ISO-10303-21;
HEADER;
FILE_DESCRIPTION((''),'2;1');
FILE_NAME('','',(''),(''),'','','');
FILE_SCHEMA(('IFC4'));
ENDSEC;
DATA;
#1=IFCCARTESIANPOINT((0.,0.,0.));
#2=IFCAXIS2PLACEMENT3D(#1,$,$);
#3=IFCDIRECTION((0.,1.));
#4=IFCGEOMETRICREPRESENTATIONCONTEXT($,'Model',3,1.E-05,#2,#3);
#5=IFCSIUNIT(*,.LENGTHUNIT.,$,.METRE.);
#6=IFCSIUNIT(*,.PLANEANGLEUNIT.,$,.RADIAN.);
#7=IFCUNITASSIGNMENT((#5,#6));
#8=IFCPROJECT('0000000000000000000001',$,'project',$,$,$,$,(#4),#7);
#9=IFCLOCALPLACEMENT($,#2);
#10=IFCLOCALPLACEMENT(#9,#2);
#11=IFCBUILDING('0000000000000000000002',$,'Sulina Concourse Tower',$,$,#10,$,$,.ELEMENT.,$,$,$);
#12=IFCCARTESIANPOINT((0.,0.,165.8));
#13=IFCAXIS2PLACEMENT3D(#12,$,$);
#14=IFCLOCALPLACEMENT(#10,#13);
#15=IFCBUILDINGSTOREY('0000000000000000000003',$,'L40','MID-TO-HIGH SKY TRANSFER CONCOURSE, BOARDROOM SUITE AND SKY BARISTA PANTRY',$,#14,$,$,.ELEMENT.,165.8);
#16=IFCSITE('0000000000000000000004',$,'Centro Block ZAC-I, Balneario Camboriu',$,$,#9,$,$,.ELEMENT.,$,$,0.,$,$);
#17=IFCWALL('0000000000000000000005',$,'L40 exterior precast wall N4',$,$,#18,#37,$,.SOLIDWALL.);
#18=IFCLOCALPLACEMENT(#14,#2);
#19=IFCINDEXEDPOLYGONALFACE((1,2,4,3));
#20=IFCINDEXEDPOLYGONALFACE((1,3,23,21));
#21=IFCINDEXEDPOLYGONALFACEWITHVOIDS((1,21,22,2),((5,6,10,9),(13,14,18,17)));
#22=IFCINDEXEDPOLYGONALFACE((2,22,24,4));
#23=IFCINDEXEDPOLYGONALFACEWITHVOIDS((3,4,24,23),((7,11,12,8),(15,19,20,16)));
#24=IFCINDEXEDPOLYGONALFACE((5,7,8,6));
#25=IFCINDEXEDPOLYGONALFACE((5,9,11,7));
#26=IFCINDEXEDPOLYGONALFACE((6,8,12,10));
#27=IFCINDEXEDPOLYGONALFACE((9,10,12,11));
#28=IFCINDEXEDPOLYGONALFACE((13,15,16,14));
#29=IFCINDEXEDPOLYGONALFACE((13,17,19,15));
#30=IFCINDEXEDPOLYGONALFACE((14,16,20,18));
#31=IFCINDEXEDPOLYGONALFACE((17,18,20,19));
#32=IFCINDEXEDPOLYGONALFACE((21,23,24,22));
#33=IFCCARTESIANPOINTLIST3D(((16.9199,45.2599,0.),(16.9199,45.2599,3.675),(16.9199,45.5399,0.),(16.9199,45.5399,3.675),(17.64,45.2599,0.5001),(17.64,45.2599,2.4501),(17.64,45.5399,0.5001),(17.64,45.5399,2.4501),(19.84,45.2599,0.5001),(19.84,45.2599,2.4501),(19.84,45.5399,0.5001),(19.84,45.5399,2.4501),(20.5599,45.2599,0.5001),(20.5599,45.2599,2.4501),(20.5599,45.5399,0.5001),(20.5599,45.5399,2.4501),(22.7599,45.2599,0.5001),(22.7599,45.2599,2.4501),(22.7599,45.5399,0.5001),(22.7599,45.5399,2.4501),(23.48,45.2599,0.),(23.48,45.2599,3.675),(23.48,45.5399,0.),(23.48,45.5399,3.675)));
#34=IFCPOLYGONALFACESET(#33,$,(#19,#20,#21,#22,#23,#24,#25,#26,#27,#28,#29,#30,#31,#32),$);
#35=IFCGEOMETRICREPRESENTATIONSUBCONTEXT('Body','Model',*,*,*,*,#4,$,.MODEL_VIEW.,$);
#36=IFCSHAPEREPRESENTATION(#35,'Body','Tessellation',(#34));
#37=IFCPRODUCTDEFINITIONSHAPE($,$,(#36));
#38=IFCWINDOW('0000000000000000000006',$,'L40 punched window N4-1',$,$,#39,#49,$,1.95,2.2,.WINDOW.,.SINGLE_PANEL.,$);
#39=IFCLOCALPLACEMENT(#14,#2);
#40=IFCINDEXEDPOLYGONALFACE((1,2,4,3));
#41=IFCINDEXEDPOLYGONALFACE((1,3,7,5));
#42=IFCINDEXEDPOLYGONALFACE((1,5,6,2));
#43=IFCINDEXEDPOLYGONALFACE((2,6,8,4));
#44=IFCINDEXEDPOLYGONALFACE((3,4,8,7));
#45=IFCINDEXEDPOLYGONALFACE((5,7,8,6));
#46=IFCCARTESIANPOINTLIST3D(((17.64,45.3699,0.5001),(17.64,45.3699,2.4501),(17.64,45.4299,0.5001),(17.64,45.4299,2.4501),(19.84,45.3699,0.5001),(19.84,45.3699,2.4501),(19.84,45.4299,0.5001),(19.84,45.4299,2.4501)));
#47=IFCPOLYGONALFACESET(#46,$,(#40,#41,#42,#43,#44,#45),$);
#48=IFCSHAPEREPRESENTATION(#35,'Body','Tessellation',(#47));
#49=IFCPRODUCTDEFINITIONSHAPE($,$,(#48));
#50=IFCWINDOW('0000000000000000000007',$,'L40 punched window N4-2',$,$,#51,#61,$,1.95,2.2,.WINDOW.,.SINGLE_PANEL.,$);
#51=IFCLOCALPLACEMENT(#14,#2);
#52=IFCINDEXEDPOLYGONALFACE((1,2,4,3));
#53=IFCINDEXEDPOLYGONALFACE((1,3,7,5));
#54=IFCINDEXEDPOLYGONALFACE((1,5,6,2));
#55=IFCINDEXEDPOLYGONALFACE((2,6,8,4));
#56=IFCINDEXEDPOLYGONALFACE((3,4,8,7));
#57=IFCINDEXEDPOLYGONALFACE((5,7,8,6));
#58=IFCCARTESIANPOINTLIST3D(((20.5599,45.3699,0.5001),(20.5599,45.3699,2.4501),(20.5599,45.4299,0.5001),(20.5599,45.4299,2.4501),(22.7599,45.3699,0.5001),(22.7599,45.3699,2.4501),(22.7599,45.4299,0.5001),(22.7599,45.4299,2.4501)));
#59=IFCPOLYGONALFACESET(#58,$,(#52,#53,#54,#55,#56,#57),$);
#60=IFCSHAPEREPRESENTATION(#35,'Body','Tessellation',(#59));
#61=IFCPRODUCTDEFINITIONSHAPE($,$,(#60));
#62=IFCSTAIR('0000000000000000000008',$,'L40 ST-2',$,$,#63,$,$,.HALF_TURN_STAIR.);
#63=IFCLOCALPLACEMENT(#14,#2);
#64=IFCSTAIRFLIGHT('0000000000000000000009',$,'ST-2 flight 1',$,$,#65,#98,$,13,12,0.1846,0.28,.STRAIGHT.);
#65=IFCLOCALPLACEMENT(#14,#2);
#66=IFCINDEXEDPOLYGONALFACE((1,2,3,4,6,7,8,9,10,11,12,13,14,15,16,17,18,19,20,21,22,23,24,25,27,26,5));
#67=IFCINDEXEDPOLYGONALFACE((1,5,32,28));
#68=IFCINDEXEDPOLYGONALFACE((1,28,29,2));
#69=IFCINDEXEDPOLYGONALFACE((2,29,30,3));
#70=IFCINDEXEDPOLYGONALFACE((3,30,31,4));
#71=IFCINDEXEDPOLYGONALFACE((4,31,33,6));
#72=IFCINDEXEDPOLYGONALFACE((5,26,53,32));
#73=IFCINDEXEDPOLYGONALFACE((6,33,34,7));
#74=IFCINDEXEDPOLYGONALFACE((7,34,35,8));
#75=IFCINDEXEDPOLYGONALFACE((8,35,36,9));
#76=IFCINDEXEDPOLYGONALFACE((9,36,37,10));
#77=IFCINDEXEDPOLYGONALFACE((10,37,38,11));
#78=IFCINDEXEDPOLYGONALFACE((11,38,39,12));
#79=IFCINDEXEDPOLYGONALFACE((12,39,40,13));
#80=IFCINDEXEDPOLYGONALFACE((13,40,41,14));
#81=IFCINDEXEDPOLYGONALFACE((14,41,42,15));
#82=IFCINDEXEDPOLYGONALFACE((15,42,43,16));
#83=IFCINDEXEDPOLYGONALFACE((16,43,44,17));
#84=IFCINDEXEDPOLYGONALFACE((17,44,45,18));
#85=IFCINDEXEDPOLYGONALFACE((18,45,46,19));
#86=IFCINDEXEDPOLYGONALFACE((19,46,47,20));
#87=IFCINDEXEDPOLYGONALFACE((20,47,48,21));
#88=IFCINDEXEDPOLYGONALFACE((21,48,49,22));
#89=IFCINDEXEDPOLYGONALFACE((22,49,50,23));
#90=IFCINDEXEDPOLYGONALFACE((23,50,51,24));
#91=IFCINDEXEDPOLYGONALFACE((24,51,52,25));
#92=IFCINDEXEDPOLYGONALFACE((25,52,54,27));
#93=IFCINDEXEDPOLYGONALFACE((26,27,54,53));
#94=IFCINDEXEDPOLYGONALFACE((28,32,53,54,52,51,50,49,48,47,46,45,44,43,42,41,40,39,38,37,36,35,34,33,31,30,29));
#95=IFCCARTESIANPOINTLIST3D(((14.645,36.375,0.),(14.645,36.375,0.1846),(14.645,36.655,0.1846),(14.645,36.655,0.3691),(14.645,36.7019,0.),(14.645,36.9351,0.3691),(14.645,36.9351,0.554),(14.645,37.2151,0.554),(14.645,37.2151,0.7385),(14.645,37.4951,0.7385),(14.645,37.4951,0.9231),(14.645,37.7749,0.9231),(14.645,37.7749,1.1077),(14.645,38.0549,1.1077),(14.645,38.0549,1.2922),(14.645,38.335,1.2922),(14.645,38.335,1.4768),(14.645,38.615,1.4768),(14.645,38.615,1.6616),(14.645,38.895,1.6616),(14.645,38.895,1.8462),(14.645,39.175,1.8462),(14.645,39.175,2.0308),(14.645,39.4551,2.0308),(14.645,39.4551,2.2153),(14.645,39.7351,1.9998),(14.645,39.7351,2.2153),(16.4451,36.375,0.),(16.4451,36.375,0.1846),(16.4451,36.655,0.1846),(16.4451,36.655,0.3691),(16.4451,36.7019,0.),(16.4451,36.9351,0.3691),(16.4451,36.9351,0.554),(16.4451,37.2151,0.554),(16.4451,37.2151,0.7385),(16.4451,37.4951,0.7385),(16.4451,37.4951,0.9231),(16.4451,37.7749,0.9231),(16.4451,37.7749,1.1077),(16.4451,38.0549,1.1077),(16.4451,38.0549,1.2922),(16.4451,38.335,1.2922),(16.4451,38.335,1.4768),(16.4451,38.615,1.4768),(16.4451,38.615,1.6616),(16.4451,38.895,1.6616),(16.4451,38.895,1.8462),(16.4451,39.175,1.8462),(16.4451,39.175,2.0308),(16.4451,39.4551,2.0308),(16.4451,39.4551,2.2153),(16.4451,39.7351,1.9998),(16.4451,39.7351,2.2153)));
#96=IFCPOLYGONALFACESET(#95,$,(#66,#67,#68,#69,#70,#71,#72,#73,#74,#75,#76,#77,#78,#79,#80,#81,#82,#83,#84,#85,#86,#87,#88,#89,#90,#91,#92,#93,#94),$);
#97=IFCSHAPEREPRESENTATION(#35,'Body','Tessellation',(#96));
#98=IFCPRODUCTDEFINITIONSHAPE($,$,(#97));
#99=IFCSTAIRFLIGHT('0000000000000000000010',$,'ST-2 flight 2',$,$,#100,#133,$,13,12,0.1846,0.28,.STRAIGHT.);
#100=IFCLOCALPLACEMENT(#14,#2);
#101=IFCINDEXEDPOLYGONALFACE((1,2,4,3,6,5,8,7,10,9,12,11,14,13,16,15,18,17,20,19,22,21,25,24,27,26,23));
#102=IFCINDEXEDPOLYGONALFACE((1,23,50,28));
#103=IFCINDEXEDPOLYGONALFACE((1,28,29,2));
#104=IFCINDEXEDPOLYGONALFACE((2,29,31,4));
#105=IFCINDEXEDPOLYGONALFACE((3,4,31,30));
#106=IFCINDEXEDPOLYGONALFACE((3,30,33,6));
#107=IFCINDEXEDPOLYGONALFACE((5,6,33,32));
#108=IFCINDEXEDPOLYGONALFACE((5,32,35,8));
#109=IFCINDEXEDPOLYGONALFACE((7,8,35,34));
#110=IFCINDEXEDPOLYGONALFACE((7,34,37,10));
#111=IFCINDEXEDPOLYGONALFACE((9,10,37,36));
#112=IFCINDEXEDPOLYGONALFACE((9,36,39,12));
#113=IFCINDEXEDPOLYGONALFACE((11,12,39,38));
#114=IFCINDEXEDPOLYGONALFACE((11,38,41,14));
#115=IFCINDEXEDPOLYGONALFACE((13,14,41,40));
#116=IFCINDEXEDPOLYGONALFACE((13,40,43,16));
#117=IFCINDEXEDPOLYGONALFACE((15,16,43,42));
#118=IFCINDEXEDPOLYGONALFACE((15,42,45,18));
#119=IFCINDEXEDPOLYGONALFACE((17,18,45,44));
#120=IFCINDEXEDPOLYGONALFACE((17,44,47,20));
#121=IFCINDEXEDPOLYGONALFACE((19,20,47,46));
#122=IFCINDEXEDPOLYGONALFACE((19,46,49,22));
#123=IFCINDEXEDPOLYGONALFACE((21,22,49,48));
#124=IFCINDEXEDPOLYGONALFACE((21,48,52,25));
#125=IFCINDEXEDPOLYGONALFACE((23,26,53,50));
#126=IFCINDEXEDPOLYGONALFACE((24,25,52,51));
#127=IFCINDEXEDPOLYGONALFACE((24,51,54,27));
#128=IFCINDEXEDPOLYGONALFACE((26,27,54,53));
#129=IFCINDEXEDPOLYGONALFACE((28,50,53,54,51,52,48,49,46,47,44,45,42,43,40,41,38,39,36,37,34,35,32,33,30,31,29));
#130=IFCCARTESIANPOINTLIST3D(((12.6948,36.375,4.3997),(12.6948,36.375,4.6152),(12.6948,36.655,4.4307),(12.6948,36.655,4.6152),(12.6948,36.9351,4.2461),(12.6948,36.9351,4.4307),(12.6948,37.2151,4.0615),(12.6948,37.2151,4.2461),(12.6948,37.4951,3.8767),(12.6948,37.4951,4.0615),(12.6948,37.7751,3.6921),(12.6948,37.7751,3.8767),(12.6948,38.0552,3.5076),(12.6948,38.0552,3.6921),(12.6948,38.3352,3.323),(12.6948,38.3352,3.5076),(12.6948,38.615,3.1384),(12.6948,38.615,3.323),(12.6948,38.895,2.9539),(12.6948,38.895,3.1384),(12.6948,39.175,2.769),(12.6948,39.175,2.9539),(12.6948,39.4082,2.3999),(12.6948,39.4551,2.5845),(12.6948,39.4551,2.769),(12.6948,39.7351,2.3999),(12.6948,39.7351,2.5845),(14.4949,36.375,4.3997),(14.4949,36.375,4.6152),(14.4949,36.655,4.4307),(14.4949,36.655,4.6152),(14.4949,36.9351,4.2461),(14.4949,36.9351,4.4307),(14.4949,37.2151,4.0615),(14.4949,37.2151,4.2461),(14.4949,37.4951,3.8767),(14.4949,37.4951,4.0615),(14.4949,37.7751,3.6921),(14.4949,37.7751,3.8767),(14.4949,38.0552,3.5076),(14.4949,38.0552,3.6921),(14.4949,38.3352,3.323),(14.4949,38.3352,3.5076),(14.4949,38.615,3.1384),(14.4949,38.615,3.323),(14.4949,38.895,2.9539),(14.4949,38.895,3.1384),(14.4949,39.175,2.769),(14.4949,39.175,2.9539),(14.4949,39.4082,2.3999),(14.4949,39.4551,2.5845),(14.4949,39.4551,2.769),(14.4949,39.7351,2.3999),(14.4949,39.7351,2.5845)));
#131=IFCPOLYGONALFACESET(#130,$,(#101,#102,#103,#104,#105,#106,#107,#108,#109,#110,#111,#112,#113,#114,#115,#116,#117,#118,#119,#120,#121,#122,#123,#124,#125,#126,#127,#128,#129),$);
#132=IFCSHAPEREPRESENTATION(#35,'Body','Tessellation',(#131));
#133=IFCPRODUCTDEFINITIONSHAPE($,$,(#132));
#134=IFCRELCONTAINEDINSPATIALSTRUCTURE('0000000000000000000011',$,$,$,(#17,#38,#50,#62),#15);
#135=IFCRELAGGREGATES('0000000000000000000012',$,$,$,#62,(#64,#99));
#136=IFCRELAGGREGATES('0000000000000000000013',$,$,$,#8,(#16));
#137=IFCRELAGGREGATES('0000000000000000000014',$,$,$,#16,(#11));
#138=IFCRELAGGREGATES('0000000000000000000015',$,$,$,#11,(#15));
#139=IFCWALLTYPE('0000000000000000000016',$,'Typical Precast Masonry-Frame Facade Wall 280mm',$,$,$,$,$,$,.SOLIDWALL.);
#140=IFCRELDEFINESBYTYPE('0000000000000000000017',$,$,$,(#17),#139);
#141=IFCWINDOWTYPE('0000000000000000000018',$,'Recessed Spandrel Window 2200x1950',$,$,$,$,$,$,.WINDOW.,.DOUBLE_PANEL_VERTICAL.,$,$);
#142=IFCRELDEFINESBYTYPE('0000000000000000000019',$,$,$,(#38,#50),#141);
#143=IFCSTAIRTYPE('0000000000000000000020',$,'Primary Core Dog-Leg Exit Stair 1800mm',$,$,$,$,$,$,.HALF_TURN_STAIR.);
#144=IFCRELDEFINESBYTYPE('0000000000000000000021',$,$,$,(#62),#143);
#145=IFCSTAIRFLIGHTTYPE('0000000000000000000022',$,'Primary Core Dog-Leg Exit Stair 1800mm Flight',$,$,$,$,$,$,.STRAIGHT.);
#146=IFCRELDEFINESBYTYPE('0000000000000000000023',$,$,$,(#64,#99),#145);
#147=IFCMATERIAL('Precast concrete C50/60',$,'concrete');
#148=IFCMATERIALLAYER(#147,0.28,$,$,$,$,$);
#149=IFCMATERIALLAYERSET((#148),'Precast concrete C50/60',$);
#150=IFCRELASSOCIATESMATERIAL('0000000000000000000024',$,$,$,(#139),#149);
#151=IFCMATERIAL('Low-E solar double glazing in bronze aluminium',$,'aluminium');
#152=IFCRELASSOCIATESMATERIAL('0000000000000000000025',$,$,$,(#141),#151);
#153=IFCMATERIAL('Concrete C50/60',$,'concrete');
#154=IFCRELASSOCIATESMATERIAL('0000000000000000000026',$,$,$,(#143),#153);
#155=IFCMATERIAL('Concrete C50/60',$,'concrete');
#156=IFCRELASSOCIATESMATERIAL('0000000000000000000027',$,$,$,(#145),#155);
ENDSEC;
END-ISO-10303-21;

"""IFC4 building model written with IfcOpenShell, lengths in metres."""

from ifc_helpers import new_model, si_unit, direction, frame, frame_2d, origin, place, context, subcontext, project, spatial, polyline, rectangle, outline, extrude, material, layer, layer_set, type_object, element, fill, aggregate, save


model = new_model("IFC4")

# Units and contexts
model_context = context("Model", 3, precision=1e-05, world=origin(), true_north=direction((0.0, 1.0)))
body_context = subcontext(model_context, "Body", "Model", "MODEL_VIEW")
ifc_project = project(units=[si_unit("LENGTHUNIT", "METRE"), si_unit("PLANEANGLEUNIT", "RADIAN")], contexts=[model_context])

# Site, building, storey
site_placement = place(None, origin())
site = spatial("IfcSite", under=ifc_project, at=site_placement, Name="Centro Block ZAC-I, Balneario Camboriu", CompositionType="ELEMENT", RefElevation=0.0)
building_placement = place(site_placement, origin())
building = spatial("IfcBuilding", under=site, at=building_placement, Name="Sulina Concourse Tower", CompositionType="ELEMENT")
storey_placement = place(building_placement, frame((0.0, 0.0, 165.8)))
storey = spatial("IfcBuildingStorey", under=building, at=storey_placement, Name="L40", Description="MID-TO-HIGH SKY TRANSFER CONCOURSE, BOARDROOM SUITE AND SKY BARISTA PANTRY", CompositionType="ELEMENT", Elevation=165.8)

# Shared definitions
ifc_material_1 = material(Name="Precast concrete C50/60", Category="concrete")
ifc_layer_1 = layer(ifc_material_1, 0.28)
ifc_layer_set_1 = layer_set([ifc_layer_1], Name="Precast concrete C50/60")
wall_type_1 = type_object("IfcWallType", Name="Typical Precast Masonry-Frame Facade Wall 280mm", PredefinedType="SOLIDWALL", material=ifc_layer_set_1)

# Wall, openings, windows
wall_1_placement = place(storey_placement, frame((16.9199, 45.3999, 0.0), z_axis=(0.0, 0.0, 1.0), x_axis=(1.0, 0.0, 0.0)))
wall_1 = element("IfcWall", 1, at=wall_1_placement, inside=storey, type_object=wall_type_1, Name="L40 exterior precast wall N4", PredefinedType="SOLIDWALL", context=body_context, shape_type="SweptSolid", body=[
    extrude(rectangle(XDim=6.5601, YDim=0.28, at=frame_2d((3.28, 0.0))), origin(), (0.0, 0.0, 1.0), 3.675),
])
opening_1_placement = place(wall_1_placement, frame((0.72, 0.0, 0.5)))
opening_1 = element("IfcOpeningElement", 2, at=opening_1_placement, cuts=wall_1, PredefinedType="OPENING", context=body_context, shape_type="SweptSolid", body=[
    extrude(rectangle(XDim=2.2, YDim=1.95, at=frame_2d((1.1001, 0.9751))), frame((0.0, 0.1499, 0.0), z_axis=(0.0, -1.0, 0.0), x_axis=(1.0, 0.0, 0.0)), (0.0, 0.0, 1.0), 0.3),
])
opening_2_placement = place(wall_1_placement, frame((3.6399, 0.0, 0.5)))
opening_2 = element("IfcOpeningElement", 3, at=opening_2_placement, cuts=wall_1, PredefinedType="OPENING", context=body_context, shape_type="SweptSolid", body=[
    extrude(rectangle(XDim=2.2, YDim=1.95, at=frame_2d((1.1001, 0.9751))), frame((0.0, 0.1499, 0.0), z_axis=(0.0, -1.0, 0.0), x_axis=(1.0, 0.0, 0.0)), (0.0, 0.0, 1.0), 0.3),
])
ifc_material_2 = material(Name="Low-E solar double glazing in bronze aluminium", Category="aluminium")
window_type = type_object("IfcWindowType", Name="Recessed Spandrel Window 2200x1950", PartitioningType="DOUBLE_PANEL_VERTICAL", PredefinedType="WINDOW", material=ifc_material_2)
window_1_placement = place(opening_1_placement, origin())
window_1 = element("IfcWindow", 4, at=window_1_placement, inside=storey, type_object=window_type, Name="L40 punched window N4-1", OverallHeight=1.95, OverallWidth=2.2, PartitioningType="SINGLE_PANEL", PredefinedType="WINDOW", context=body_context, shape_type="SweptSolid", body=[
    extrude(rectangle(XDim=2.2, YDim=1.95, at=frame_2d((1.1001, 0.9751))), frame((0.0, 0.03, 0.0), z_axis=(0.0, -1.0, 0.0), x_axis=(1.0, 0.0, 0.0)), (0.0, 0.0, 1.0), 0.0601),
])
fill(opening_1, window_1)
window_2_placement = place(opening_2_placement, origin())
window_2 = element("IfcWindow", 5, at=window_2_placement, inside=storey, type_object=window_type, Name="L40 punched window N4-2", OverallHeight=1.95, OverallWidth=2.2, PartitioningType="SINGLE_PANEL", PredefinedType="WINDOW", context=body_context, shape_type="SweptSolid", body=[
    extrude(rectangle(XDim=2.2, YDim=1.95, at=frame_2d((1.1001, 0.9751))), frame((0.0, 0.03, 0.0), z_axis=(0.0, -1.0, 0.0), x_axis=(1.0, 0.0, 0.0)), (0.0, 0.0, 1.0), 0.0601),
])
fill(opening_2, window_2)

# Stair, stair flights
ifc_material_3 = material(Name="Concrete C50/60", Category="concrete")
stair_type = type_object("IfcStairType", Name="Primary Core Dog-Leg Exit Stair 1800mm", PredefinedType="HALF_TURN_STAIR", material=ifc_material_3)
stair_placement = place(storey_placement, origin())
stair = element("IfcStair", 6, at=stair_placement, inside=storey, type_object=stair_type, Name="L40 ST-2", PredefinedType="HALF_TURN_STAIR")
ifc_material_4 = material(Name="Concrete C50/60", Category="concrete")
stair_flight_type = type_object("IfcStairFlightType", Name="Primary Core Dog-Leg Exit Stair 1800mm Flight", PredefinedType="STRAIGHT", material=ifc_material_4)
stair_flight_1_placement = place(storey_placement, frame((15.5449, 36.375, 0.0), z_axis=(0.0, 0.0, 1.0), x_axis=(0.0, 1.0, 0.0)))
stair_flight_1 = element("IfcStairFlight", 7, at=stair_flight_1_placement, type_object=stair_flight_type, Name="ST-2 flight 1", NumberOfRisers=13, NumberOfTreads=12, PredefinedType="STRAIGHT", RiserHeight=0.1846, TreadLength=0.28, context=body_context, shape_type="SweptSolid", body=[
    extrude(outline(polyline([(0.0, 0.0), (0.0, 0.1846), (0.28, 0.1846), (0.28, 0.3691), (0.5601, 0.3691), (0.5601, 0.554), (0.8401, 0.554), (0.8401, 0.7385), (1.1201, 0.7385), (1.1201, 0.9231), (1.3999, 0.9231), (1.3999, 1.1077), (1.6799, 1.1077), (1.6799, 1.2922), (1.96, 1.2922), (1.96, 1.4768), (2.24, 1.4768), (2.24, 1.6616), (2.52, 1.6616), (2.52, 1.8462), (2.8, 1.8462), (2.8, 2.0308), (3.0801, 2.0308), (3.0801, 2.2153), (3.3601, 2.2153), (3.3601, 2.3999), (3.3601, 1.9998), (0.3269, 0.0), (0.0, 0.0)])), frame((0.0, 0.8999, 0.0), z_axis=(0.0, -1.0, 0.0), x_axis=(1.0, 0.0, 0.0)), (0.0, 0.0, 1.0), 1.8),
])
stair_flight_2_placement = place(storey_placement, frame((13.595, 39.7351, 2.3999), z_axis=(0.0, 0.0, 1.0), x_axis=(0.0, -1.0, 0.0)))
stair_flight_2 = element("IfcStairFlight", 8, at=stair_flight_2_placement, type_object=stair_flight_type, Name="ST-2 flight 2", NumberOfRisers=13, NumberOfTreads=12, PredefinedType="STRAIGHT", RiserHeight=0.1846, TreadLength=0.28, context=body_context, shape_type="SweptSolid", body=[
    extrude(outline(polyline([(0.0, 0.0), (0.0, 0.1846), (0.28, 0.1846), (0.28, 0.3691), (0.5601, 0.3691), (0.5601, 0.554), (0.8401, 0.554), (0.8401, 0.7385), (1.1201, 0.7385), (1.1201, 0.9231), (1.3999, 0.9231), (1.3999, 1.1077), (1.6799, 1.1077), (1.6799, 1.2922), (1.96, 1.2922), (1.96, 1.4768), (2.24, 1.4768), (2.24, 1.6616), (2.52, 1.6616), (2.52, 1.8462), (2.8, 1.8462), (2.8, 2.0308), (3.0801, 2.0308), (3.0801, 2.2153), (3.3601, 2.2153), (3.3601, 2.3999), (3.3601, 1.9998), (0.3269, 0.0), (0.0, 0.0)])), frame((0.0, 0.8999, 0.0), z_axis=(0.0, -1.0, 0.0), x_axis=(1.0, 0.0, 0.0)), (0.0, 0.0, 1.0), 1.8),
])
aggregate(stair, [stair_flight_1, stair_flight_2])

save(model, "model.ifc")
